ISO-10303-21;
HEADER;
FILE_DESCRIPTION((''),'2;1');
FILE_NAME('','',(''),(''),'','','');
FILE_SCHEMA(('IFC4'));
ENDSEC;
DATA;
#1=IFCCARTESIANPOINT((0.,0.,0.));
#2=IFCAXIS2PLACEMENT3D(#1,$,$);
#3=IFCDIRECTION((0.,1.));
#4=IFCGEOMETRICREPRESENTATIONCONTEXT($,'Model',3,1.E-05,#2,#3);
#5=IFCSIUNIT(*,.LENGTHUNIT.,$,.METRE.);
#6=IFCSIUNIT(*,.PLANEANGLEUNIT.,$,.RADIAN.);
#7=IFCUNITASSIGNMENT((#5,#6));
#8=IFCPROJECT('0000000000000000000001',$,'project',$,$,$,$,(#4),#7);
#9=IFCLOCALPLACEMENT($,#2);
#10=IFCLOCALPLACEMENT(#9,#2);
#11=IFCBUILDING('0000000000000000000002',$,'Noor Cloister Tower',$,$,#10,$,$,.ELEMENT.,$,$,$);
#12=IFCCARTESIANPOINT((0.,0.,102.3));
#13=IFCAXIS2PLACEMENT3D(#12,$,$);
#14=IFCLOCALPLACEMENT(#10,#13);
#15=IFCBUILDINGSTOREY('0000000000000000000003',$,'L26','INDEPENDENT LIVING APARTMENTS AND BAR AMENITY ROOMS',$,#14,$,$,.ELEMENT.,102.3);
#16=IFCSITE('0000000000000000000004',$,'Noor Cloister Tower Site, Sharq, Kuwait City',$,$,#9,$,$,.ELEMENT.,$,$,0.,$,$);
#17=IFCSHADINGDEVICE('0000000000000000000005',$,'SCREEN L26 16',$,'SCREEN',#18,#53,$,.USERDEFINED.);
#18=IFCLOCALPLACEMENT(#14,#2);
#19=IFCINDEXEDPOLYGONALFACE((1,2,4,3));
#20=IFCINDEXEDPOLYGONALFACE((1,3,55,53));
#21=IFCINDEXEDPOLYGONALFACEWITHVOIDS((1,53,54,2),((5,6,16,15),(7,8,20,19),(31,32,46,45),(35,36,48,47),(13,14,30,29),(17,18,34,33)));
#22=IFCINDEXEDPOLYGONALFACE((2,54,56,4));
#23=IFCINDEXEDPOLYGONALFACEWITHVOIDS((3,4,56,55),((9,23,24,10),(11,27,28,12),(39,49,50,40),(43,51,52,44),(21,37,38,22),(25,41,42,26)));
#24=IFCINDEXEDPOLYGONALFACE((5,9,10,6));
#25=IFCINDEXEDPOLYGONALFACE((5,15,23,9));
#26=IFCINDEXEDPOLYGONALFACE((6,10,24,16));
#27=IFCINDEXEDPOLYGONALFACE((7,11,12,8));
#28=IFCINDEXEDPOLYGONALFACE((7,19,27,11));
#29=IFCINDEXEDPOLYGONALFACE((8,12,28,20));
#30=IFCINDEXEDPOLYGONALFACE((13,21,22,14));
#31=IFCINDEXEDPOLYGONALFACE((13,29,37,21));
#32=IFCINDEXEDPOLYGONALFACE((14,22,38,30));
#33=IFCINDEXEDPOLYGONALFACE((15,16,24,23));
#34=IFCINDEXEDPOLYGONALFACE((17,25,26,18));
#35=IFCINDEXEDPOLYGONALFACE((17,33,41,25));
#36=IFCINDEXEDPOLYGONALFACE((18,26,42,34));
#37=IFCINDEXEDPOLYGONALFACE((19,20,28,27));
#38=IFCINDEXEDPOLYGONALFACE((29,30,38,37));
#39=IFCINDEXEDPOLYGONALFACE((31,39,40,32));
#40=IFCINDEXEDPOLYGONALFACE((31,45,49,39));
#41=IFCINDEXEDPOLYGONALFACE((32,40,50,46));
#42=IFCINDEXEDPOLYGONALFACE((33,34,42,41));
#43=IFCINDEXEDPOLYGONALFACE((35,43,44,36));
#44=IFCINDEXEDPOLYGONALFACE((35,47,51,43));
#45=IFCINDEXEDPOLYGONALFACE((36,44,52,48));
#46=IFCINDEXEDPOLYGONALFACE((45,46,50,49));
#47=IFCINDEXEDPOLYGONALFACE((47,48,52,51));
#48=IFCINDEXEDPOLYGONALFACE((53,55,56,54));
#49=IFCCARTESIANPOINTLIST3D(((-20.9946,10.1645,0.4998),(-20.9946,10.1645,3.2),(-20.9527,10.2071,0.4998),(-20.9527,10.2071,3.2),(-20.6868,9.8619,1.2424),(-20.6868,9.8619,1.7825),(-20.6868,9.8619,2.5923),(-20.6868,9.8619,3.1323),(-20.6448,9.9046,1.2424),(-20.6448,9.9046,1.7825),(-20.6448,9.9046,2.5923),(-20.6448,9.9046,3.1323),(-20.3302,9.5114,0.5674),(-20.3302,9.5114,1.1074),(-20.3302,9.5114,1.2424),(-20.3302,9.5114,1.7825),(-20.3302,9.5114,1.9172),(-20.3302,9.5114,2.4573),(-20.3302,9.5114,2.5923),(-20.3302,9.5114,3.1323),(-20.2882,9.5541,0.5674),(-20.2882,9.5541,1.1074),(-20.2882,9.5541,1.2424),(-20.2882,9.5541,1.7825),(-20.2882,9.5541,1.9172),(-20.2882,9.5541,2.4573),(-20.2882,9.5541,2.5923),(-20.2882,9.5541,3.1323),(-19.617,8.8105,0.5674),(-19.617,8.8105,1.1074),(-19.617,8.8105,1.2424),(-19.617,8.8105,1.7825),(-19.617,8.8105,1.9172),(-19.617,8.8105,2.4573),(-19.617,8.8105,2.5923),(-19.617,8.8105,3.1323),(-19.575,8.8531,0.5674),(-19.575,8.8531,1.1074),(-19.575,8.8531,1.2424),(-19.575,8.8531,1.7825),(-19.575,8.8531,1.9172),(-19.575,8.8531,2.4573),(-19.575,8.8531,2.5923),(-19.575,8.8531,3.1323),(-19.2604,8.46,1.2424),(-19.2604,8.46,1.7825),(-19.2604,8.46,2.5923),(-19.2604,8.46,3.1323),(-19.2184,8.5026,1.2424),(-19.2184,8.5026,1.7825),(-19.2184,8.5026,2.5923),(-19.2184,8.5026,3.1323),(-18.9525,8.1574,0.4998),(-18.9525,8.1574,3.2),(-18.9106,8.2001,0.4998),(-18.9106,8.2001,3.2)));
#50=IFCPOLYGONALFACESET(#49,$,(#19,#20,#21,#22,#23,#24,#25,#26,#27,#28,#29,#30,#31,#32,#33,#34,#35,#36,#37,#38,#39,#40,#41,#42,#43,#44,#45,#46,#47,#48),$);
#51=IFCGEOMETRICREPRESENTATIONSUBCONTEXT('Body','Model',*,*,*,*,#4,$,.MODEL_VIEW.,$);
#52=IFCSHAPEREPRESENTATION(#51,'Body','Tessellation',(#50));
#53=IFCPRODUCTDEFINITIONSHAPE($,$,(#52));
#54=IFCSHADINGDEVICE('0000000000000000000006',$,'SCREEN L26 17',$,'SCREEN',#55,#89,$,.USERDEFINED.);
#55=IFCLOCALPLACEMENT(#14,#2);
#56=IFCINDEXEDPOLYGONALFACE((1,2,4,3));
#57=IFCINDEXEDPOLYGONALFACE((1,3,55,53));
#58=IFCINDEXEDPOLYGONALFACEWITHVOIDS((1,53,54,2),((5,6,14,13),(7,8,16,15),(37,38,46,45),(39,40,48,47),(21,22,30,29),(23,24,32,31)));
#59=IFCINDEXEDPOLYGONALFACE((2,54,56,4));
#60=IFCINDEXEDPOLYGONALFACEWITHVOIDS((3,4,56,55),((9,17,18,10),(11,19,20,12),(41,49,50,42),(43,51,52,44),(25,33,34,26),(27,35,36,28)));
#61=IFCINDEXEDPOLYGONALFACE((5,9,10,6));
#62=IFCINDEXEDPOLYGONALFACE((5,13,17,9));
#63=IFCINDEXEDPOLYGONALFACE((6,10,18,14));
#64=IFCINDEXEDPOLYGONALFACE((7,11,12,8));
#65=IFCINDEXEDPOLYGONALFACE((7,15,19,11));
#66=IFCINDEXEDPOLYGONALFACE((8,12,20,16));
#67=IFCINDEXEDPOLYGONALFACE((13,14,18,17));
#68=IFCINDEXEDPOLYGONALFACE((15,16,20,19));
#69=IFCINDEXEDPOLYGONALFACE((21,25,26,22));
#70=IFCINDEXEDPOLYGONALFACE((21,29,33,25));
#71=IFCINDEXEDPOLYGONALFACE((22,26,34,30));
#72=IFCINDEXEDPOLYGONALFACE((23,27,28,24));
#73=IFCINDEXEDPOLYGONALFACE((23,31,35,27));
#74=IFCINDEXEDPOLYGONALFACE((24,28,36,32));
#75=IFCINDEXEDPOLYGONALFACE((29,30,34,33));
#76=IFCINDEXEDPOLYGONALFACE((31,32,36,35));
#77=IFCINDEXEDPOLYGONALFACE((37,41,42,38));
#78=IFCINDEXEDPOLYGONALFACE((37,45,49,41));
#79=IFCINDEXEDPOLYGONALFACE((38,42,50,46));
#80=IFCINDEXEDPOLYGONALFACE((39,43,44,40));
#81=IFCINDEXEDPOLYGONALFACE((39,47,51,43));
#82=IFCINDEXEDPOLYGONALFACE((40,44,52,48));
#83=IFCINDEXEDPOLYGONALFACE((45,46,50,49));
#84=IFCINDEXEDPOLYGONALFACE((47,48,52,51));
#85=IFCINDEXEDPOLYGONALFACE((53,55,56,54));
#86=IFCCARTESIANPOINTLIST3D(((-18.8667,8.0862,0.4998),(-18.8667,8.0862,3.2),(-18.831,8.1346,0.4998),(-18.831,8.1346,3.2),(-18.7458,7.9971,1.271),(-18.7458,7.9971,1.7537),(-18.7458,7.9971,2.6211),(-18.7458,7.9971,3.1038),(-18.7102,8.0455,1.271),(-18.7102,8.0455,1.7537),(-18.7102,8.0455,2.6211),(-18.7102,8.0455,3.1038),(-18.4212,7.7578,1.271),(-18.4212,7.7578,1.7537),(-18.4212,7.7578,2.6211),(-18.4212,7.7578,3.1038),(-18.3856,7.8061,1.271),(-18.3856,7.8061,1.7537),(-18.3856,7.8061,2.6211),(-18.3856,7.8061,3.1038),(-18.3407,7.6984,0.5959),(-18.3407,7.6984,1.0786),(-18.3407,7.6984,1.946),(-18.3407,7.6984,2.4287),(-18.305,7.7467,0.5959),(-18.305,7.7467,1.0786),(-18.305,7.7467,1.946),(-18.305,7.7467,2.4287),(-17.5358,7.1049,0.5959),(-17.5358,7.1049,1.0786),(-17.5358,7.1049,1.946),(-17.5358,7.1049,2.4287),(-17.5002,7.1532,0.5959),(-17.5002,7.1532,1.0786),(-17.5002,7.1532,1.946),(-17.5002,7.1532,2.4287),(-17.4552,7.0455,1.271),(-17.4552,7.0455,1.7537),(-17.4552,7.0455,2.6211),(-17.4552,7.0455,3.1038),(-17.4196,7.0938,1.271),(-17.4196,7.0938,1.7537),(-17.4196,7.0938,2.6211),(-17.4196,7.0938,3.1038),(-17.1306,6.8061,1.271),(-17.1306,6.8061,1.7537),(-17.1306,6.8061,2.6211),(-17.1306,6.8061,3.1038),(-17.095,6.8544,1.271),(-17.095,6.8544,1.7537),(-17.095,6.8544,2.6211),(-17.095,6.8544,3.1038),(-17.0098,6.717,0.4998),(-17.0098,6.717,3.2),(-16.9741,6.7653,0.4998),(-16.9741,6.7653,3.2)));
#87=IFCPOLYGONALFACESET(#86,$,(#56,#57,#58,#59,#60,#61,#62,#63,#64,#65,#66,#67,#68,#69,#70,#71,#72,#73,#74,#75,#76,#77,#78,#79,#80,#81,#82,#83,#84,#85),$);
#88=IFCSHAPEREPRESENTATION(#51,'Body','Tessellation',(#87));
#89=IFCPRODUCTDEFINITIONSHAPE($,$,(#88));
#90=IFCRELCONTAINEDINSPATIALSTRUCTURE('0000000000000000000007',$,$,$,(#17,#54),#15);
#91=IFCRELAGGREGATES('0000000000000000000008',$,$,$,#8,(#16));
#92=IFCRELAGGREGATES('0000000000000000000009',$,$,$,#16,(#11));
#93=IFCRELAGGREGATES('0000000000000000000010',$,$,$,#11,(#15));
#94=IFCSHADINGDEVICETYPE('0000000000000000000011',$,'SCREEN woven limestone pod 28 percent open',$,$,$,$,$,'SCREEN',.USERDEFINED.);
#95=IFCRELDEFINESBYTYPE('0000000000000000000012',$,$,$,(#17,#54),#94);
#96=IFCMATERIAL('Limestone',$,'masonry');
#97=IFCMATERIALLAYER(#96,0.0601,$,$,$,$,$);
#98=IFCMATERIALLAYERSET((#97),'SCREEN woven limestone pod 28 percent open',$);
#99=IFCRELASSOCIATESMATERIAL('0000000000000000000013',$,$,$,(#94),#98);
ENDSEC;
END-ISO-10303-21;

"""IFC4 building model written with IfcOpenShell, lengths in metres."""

from ifc_helpers import new_model, si_unit, direction, frame, origin, place, context, subcontext, project, spatial, polyline, outline, extrude, material, layer, layer_set, type_object, element, save


model = new_model("IFC4")

# Units and contexts
model_context = context("Model", 3, precision=1e-05, world=origin(), true_north=direction((0.0, 1.0)))
body_context = subcontext(model_context, "Body", "Model", "MODEL_VIEW")
ifc_project = project(units=[si_unit("LENGTHUNIT", "METRE"), si_unit("PLANEANGLEUNIT", "RADIAN")], contexts=[model_context])

# Site, building, storey
site_placement = place(None, origin())
site = spatial("IfcSite", under=ifc_project, at=site_placement, Name="Noor Cloister Tower Site, Sharq, Kuwait City", CompositionType="ELEMENT", RefElevation=0.0)
building_placement = place(site_placement, origin())
building = spatial("IfcBuilding", under=site, at=building_placement, Name="Noor Cloister Tower", CompositionType="ELEMENT")
storey_placement = place(building_placement, frame((0.0, 0.0, 102.3)))
storey = spatial("IfcBuildingStorey", under=building, at=storey_placement, Name="L26", Description="INDEPENDENT LIVING APARTMENTS AND BAR AMENITY ROOMS", CompositionType="ELEMENT", Elevation=102.3)

# Shading devices
ifc_material_1 = material(Name="Limestone", Category="masonry")
ifc_layer_1 = layer(ifc_material_1, 0.0601)
ifc_layer_set_1 = layer_set([ifc_layer_1], Name="SCREEN woven limestone pod 28 percent open")
shading_device_type = type_object("IfcShadingDeviceType", Name="SCREEN woven limestone pod 28 percent open", ElementType="SCREEN", PredefinedType="USERDEFINED", material=ifc_layer_set_1)
shading_device_1_placement = place(storey_placement, frame((-19.9316, 9.2036, 1.8499), z_axis=(-0.700967, -0.713193, 0.0), x_axis=(0.713193, -0.700967, 0.0)))
element("IfcShadingDevice", 1, at=shading_device_1_placement, inside=storey, type_object=shading_device_type, Name="SCREEN L26 16", ObjectType="SCREEN", PredefinedType="USERDEFINED", context=body_context, shape_type="SweptSolid", body=[
    extrude(outline(polyline([(-1.4316, -1.3501), (1.4316, -1.3501), (1.4316, 1.3501), (-1.4316, 1.3501), (-1.4316, -1.3501)]), holes=[polyline([(-0.5, -1.2825), (0.5, -1.2825), (0.5, -0.7424), (-0.5, -0.7424), (-0.5, -1.2825)]), polyline([(-1.0, -0.6074), (-0.5, -0.6074), (-0.5, -0.0674), (-1.0, -0.0674), (-1.0, -0.6074)]), polyline([(0.5, -0.6074), (1.0, -0.6074), (1.0, -0.0674), (0.5, -0.0674), (0.5, -0.6074)]), polyline([(-0.5, 0.0674), (0.5, 0.0674), (0.5, 0.6074), (-0.5, 0.6074), (-0.5, 0.0674)]), polyline([(-1.0, 0.7424), (-0.5, 0.7424), (-0.5, 1.2825), (-1.0, 1.2825), (-1.0, 0.7424)]), polyline([(0.5, 0.7424), (1.0, 0.7424), (1.0, 1.2825), (0.5, 1.2825), (0.5, 0.7424)])]), origin(), (0.0, 0.0, 1.0), 0.0598),
])
shading_device_2_placement = place(storey_placement, frame((-17.9026, 7.45, 1.8499), z_axis=(-0.593476, -0.804851, 0.0), x_axis=(0.804851, -0.593476, 0.0)))
element("IfcShadingDevice", 2, at=shading_device_2_placement, inside=storey, type_object=shading_device_type, Name="SCREEN L26 17", ObjectType="SCREEN", PredefinedType="USERDEFINED", context=body_context, shape_type="SweptSolid", body=[
    extrude(outline(polyline([(-1.1536, -1.3501), (1.1536, -1.3501), (1.1536, 1.3501), (-1.1536, 1.3501), (-1.1536, -1.3501)]), holes=[polyline([(-0.5, -1.2539), (0.5, -1.2539), (0.5, -0.7712), (-0.5, -0.7712), (-0.5, -1.2539)]), polyline([(0.6001, -0.5789), (1.0034, -0.5789), (1.0034, -0.0962), (0.6001, -0.0962), (0.6001, -0.5789)]), polyline([(-1.0034, -0.5789), (-0.6001, -0.5789), (-0.6001, -0.0962), (-1.0034, -0.0962), (-1.0034, -0.5789)]), polyline([(-0.5, 0.0962), (0.5, 0.0962), (0.5, 0.5789), (-0.5, 0.5789), (-0.5, 0.0962)]), polyline([(0.6001, 0.7712), (1.0034, 0.7712), (1.0034, 1.2539), (0.6001, 1.2539), (0.6001, 0.7712)]), polyline([(-1.0034, 0.7712), (-0.6001, 0.7712), (-0.6001, 1.2539), (-1.0034, 1.2539), (-1.0034, 0.7712)])]), origin(), (0.0, 0.0, 1.0), 0.0601),
])

save(model, "model.ifc")
